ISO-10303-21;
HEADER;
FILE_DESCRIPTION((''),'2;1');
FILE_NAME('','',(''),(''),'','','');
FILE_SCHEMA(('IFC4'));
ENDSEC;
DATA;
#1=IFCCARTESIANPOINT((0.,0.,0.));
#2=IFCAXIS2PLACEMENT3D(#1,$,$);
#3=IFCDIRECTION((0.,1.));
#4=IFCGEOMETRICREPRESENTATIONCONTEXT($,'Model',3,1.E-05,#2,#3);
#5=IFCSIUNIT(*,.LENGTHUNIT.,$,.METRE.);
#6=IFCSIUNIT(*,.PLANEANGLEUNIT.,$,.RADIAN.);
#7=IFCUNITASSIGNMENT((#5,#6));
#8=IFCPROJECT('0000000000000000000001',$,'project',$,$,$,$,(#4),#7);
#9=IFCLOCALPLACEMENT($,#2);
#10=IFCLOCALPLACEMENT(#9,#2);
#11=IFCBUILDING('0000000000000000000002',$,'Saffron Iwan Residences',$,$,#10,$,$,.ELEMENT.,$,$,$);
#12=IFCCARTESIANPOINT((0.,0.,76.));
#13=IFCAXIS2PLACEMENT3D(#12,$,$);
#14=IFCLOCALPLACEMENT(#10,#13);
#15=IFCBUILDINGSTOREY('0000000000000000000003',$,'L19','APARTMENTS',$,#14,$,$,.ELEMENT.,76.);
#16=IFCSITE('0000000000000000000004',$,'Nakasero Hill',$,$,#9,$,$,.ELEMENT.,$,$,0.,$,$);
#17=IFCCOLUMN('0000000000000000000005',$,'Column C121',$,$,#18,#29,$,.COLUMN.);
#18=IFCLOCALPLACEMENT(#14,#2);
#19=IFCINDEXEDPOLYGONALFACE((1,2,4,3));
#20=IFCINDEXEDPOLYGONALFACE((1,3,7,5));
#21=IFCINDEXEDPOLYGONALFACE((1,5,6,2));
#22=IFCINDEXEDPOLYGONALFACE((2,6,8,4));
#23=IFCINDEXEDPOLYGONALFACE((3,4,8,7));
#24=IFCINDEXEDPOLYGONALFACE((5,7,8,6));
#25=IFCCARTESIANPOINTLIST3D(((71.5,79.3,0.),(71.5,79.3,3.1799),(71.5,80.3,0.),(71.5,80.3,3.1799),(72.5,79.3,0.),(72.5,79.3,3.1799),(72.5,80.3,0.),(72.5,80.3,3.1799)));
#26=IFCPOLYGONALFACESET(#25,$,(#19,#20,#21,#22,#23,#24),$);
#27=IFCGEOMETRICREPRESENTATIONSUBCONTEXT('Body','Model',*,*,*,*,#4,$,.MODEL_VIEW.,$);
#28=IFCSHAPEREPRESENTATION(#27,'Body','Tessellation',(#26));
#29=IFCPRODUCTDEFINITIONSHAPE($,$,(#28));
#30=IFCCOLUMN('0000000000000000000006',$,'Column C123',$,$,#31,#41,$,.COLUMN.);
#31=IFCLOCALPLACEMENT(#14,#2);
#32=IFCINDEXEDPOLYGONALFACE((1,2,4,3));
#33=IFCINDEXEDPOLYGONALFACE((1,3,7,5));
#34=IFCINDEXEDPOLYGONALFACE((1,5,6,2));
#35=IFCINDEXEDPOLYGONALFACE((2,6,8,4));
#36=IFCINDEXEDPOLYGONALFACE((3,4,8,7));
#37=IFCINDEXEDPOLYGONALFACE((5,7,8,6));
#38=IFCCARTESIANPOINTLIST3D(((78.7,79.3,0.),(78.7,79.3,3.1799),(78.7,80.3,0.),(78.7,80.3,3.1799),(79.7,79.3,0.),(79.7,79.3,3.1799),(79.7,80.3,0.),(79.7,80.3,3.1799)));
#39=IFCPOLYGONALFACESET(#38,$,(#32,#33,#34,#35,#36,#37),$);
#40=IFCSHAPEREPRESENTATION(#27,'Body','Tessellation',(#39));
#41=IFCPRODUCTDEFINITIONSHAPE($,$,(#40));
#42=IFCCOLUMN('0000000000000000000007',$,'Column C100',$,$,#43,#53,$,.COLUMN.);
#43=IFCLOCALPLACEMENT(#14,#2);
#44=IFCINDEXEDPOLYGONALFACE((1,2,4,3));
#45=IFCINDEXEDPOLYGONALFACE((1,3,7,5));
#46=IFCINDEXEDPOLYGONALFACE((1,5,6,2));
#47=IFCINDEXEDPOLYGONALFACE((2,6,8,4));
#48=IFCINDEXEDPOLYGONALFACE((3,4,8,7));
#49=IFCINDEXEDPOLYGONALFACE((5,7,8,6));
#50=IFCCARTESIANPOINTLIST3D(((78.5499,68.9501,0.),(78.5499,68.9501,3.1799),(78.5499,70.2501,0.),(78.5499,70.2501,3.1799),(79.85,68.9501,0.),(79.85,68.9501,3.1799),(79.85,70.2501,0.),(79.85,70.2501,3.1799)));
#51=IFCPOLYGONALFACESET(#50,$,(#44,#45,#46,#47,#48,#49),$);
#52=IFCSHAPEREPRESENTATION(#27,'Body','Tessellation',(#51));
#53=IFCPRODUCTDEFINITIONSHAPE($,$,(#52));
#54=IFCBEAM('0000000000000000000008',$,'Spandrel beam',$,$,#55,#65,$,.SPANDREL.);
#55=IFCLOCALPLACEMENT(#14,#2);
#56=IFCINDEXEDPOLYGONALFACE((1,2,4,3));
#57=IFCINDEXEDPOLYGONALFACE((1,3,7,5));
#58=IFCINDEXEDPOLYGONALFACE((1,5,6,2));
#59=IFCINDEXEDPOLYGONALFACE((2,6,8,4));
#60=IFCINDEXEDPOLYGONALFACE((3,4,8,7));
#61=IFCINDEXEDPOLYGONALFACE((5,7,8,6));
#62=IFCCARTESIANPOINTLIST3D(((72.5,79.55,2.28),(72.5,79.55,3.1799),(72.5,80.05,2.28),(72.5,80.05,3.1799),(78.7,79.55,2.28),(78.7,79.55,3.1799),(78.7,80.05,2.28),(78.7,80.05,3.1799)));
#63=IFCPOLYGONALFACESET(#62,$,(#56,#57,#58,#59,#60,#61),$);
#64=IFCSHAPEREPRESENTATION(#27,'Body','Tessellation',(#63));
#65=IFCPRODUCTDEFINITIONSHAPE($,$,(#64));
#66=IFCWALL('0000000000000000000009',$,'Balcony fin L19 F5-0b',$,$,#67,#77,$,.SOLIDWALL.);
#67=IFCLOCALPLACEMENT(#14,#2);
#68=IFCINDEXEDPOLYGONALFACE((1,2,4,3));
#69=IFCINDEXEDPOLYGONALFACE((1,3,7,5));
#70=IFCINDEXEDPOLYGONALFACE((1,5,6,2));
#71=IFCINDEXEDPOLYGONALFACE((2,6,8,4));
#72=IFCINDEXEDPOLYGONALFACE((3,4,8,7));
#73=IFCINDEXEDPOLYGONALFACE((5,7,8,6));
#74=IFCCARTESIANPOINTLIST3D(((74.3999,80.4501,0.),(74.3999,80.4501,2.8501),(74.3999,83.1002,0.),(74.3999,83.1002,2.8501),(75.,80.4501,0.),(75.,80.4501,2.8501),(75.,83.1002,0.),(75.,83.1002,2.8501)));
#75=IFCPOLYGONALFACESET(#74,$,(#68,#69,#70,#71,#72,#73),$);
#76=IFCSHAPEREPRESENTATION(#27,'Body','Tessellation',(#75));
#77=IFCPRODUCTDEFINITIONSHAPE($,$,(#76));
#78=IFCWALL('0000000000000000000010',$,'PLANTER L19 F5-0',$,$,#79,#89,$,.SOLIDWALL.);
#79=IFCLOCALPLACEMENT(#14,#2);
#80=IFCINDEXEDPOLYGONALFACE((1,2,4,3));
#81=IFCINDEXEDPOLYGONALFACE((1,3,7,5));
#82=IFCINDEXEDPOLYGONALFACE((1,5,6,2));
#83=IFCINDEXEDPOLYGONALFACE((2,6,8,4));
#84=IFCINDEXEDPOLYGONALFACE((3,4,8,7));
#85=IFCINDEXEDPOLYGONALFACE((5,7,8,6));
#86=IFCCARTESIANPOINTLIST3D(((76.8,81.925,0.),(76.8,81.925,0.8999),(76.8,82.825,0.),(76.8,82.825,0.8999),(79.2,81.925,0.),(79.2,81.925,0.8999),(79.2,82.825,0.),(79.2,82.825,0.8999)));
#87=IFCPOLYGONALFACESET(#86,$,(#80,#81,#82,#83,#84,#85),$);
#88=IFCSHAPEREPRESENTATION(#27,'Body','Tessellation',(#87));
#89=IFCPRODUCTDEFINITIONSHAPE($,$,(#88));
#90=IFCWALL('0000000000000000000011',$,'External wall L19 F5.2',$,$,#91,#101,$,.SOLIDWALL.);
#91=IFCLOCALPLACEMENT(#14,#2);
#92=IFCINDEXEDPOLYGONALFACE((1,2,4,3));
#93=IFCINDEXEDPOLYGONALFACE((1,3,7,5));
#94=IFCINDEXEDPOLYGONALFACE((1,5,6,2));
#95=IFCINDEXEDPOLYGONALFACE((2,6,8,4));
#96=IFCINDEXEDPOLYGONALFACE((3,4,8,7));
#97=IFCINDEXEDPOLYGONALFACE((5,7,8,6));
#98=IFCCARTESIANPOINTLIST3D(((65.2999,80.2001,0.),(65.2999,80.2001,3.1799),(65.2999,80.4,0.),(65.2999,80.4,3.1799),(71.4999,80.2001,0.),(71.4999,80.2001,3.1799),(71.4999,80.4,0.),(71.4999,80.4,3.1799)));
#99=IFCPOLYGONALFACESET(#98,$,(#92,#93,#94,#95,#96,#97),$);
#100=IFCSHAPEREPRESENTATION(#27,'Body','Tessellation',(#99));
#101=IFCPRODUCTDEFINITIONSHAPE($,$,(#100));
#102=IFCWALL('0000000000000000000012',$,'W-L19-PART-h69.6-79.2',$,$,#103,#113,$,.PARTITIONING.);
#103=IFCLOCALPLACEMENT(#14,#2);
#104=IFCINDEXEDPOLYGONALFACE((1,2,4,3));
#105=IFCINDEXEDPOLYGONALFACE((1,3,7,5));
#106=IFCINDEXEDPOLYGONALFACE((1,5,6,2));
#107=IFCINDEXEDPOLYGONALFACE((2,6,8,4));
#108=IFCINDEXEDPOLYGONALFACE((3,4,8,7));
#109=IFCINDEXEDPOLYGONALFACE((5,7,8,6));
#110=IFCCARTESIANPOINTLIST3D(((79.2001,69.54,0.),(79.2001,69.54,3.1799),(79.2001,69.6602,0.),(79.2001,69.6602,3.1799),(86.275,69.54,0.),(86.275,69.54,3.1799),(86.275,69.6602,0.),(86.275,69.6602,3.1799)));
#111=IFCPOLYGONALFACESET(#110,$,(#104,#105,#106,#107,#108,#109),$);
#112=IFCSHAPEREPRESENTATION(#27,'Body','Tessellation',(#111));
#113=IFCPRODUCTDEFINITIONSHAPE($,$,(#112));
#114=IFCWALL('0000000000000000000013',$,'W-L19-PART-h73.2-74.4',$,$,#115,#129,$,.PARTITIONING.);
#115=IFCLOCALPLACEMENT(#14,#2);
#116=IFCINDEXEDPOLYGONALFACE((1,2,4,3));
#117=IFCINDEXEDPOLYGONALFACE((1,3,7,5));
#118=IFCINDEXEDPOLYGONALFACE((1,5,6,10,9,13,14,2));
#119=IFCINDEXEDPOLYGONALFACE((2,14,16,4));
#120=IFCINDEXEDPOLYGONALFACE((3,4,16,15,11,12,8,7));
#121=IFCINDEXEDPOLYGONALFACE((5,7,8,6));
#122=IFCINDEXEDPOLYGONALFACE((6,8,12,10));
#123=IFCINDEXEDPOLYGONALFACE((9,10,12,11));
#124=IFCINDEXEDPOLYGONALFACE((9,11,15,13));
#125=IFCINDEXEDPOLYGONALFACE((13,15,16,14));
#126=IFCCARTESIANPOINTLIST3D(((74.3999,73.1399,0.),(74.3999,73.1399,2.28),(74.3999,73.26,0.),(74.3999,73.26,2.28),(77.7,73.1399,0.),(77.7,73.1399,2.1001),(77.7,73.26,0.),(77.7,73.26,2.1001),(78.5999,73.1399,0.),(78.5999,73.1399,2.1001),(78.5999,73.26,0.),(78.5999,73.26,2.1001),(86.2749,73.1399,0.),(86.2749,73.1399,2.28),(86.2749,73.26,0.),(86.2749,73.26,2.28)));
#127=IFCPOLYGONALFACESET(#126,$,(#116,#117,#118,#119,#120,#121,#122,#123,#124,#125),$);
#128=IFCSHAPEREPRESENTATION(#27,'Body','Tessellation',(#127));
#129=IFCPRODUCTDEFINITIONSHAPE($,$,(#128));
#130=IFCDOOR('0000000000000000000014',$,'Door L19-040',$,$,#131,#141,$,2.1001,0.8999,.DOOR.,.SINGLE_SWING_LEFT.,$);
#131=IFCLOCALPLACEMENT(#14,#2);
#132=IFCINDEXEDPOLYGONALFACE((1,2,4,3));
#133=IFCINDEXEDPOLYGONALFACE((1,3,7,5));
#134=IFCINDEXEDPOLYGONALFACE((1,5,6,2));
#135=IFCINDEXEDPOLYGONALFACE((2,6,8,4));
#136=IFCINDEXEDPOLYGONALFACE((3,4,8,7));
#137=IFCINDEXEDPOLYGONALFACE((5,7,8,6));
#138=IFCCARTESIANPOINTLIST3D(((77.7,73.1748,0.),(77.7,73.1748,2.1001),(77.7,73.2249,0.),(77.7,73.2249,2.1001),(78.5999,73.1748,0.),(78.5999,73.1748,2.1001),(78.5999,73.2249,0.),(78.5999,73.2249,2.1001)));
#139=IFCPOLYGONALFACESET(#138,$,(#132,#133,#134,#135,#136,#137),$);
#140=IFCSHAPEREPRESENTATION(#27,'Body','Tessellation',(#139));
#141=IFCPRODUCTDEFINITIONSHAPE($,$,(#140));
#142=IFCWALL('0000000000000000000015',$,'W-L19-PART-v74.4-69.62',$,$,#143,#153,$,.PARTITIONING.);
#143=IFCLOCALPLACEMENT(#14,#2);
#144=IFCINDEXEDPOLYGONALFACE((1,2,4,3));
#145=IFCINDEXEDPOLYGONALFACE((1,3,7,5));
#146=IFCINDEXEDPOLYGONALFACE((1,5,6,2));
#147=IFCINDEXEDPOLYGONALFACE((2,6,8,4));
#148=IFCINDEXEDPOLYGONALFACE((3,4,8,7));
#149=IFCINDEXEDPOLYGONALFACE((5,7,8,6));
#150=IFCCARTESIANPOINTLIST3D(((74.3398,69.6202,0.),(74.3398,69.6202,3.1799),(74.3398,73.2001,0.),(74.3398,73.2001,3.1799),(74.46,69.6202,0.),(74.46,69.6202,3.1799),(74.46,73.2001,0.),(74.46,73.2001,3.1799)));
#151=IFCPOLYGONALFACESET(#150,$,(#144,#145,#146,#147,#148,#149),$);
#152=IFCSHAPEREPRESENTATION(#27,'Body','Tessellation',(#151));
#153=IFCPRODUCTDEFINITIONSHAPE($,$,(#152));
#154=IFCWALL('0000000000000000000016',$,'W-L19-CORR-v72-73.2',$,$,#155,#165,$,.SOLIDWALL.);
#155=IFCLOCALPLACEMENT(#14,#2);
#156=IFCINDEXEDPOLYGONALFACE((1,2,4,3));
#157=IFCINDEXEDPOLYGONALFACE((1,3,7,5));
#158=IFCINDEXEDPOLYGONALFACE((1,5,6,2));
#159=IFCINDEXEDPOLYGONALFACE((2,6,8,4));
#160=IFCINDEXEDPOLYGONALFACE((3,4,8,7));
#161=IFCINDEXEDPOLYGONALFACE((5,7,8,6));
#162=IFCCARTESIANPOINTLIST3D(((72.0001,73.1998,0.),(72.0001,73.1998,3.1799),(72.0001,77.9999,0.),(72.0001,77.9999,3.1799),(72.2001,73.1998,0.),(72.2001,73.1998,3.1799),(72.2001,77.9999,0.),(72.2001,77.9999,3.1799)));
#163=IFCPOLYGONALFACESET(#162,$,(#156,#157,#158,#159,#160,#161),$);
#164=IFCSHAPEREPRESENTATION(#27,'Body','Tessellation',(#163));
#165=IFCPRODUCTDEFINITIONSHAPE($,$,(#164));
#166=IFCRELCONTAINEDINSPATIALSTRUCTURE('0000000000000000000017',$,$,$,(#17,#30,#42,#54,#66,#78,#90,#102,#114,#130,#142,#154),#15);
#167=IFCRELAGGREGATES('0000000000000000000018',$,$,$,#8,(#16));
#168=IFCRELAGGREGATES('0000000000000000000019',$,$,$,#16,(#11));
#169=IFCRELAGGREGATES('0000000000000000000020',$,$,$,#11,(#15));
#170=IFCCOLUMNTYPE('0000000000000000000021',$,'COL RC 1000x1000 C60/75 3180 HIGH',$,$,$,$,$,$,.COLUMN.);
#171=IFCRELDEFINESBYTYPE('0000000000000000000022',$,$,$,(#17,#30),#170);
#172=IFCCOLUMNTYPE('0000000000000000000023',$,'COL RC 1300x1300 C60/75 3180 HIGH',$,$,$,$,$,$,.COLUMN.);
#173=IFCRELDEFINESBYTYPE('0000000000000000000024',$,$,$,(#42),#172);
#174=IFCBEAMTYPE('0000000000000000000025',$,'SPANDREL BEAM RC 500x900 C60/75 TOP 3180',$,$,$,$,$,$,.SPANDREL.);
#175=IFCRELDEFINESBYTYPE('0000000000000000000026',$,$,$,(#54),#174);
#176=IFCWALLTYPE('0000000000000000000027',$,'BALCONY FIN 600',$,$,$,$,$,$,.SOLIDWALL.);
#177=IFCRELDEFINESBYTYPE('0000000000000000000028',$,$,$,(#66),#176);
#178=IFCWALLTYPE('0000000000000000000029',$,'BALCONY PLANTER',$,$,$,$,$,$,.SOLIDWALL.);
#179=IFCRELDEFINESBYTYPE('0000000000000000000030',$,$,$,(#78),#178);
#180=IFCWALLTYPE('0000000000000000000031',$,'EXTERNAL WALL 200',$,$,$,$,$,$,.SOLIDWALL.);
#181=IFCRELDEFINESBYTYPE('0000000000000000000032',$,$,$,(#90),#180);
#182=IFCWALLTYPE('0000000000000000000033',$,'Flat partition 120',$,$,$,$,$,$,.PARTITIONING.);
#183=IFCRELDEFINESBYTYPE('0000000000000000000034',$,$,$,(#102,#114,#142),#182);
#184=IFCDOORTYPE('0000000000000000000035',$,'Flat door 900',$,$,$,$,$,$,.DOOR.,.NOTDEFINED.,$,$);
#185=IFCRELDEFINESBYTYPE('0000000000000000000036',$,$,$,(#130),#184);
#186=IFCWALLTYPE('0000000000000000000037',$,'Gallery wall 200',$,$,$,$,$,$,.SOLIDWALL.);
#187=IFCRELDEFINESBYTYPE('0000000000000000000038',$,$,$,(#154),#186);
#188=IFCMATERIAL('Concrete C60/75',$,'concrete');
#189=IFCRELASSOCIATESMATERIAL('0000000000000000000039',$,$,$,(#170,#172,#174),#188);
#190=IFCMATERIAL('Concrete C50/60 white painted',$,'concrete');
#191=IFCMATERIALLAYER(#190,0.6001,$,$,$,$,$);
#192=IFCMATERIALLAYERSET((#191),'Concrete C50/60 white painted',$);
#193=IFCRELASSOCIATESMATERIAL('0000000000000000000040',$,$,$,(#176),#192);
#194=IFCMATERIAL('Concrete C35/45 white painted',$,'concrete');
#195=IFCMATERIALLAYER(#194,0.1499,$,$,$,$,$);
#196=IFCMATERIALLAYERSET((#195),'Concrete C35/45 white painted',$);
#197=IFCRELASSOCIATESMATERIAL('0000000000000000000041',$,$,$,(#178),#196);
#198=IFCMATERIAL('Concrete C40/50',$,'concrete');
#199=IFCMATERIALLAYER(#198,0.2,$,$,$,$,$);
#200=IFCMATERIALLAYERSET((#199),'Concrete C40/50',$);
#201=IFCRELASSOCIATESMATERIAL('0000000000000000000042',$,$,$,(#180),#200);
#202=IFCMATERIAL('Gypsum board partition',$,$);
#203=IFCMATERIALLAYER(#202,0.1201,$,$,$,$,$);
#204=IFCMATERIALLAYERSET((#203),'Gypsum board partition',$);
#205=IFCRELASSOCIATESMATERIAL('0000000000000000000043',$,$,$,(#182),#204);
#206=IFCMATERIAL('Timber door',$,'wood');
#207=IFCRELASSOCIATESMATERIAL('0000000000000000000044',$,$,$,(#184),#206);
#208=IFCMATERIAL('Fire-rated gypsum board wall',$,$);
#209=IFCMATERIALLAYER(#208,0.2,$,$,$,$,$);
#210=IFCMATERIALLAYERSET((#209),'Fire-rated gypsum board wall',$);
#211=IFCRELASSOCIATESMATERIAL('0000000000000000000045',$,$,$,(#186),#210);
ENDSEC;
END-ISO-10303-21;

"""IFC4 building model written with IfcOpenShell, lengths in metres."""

from ifc_helpers import new_model, si_unit, direction, frame, frame_2d, origin, origin_2d, place, context, subcontext, project, spatial, rectangle, extrude, source, transform, mapped, material, layer, layer_set, material_profile, profile_set, type_object, element, fill, save


model = new_model("IFC4")

# Units and contexts
model_context = context("Model", 3, precision=1e-05, world=origin(), true_north=direction((0.0, 1.0)))
body_context = subcontext(model_context, "Body", "Model", "MODEL_VIEW")
ifc_project = project(units=[si_unit("LENGTHUNIT", "METRE"), si_unit("PLANEANGLEUNIT", "RADIAN")], contexts=[model_context])

# Site, building, storey
site_placement = place(None, origin())
site = spatial("IfcSite", under=ifc_project, at=site_placement, Name="Nakasero Hill", CompositionType="ELEMENT", RefElevation=0.0)
building_placement = place(site_placement, origin())
building = spatial("IfcBuilding", under=site, at=building_placement, Name="Saffron Iwan Residences", CompositionType="ELEMENT")
storey_placement = place(building_placement, frame((0.0, 0.0, 76.0)))
storey = spatial("IfcBuildingStorey", under=building, at=storey_placement, Name="L19", Description="APARTMENTS", CompositionType="ELEMENT", Elevation=76.0)

# Columns
ifc_material_1 = material(Name="Concrete C60/75", Category="concrete")
ifc_material_profile_1 = material_profile(ifc_material_1, rectangle(XDim=1.0, YDim=1.0, at=origin_2d()), Name="RC 1000x1000")
ifc_profile_set_1 = profile_set([ifc_material_profile_1], Name="Concrete C60/75")
column_type_1 = type_object("IfcColumnType", Name="COL RC 1000x1000 C60/75 3180 HIGH", PredefinedType="COLUMN", material=ifc_profile_set_1)
shared_shape_1 = source(origin(), body_context, "Body", "SweptSolid", [
    extrude(rectangle(XDim=1.0, YDim=1.0, at=origin_2d()), origin(), (0.0, 0.0, 1.0), 3.1799),
])
for number, where, z_axis, x_axis, name in (
    (1, (72.0, 79.8, 0.0), (0.0, 0.0, 1.0), (1.0, 0.0, 0.0), "Column C121"),
    (2, (79.2, 79.8, 0.0), (0.0, 0.0, 1.0), (1.0, 0.0, 0.0), "Column C123"),
):
    element("IfcColumn", number, at=place(storey_placement, frame(where, z_axis=z_axis, x_axis=x_axis)), inside=storey, type_object=column_type_1, Name=name, PredefinedType="COLUMN", context=body_context, shape_type="MappedRepresentation", body=[
        mapped(shared_shape_1, transform((0.0, 0.0, 0.0))),
    ])
ifc_material_profile_2 = material_profile(ifc_material_1, rectangle(XDim=1.3, YDim=1.3, at=origin_2d()), Name="RC 1300x1300")
ifc_profile_set_2 = profile_set([ifc_material_profile_2], Name="Concrete C60/75")
column_type_2 = type_object("IfcColumnType", Name="COL RC 1300x1300 C60/75 3180 HIGH", PredefinedType="COLUMN", material=ifc_profile_set_2)
shared_shape_2 = source(origin(), body_context, "Body", "SweptSolid", [
    extrude(rectangle(XDim=1.3, YDim=1.3, at=origin_2d()), origin(), (0.0, 0.0, 1.0), 3.1799),
])
column_placement = place(storey_placement, frame((79.2, 69.6001, 0.0), z_axis=(0.0, 0.0, 1.0), x_axis=(1.0, 0.0, 0.0)))
element("IfcColumn", 3, at=column_placement, inside=storey, type_object=column_type_2, Name="Column C100", PredefinedType="COLUMN", context=body_context, shape_type="MappedRepresentation", body=[
    mapped(shared_shape_2, transform((0.0, 0.0, 0.0))),
])

# Beam
ifc_material_profile_3 = material_profile(ifc_material_1, rectangle(XDim=0.5, YDim=0.8999, at=origin_2d()), Name="RC 500x900")
ifc_profile_set_3 = profile_set([ifc_material_profile_3], Name="Concrete C60/75")
beam_type = type_object("IfcBeamType", Name="SPANDREL BEAM RC 500x900 C60/75 TOP 3180", PredefinedType="SPANDREL", material=ifc_profile_set_3)
shared_shape_3 = source(origin(), body_context, "Body", "SweptSolid", [
    extrude(rectangle(XDim=0.5, YDim=0.8999, at=origin_2d()), origin(), (0.0, 0.0, 1.0), 6.2),
])
beam_placement = place(storey_placement, frame((72.5, 79.8, 2.73), z_axis=(1.0, 0.0, 0.0), x_axis=(0.0, 1.0, 0.0)))
element("IfcBeam", 4, at=beam_placement, inside=storey, type_object=beam_type, Name="Spandrel beam", PredefinedType="SPANDREL", context=body_context, shape_type="MappedRepresentation", body=[
    mapped(shared_shape_3, transform((0.0, 0.0, 0.0))),
])

# Walls
ifc_material_2 = material(Name="Concrete C50/60 white painted", Category="concrete")
ifc_layer_1 = layer(ifc_material_2, 0.6001)
ifc_layer_set_1 = layer_set([ifc_layer_1], Name="Concrete C50/60 white painted")
wall_type_1 = type_object("IfcWallType", Name="BALCONY FIN 600", PredefinedType="SOLIDWALL", material=ifc_layer_set_1)
wall_1_placement = place(storey_placement, frame((74.7, 80.45, 0.0), z_axis=(0.0, 0.0, 1.0), x_axis=(0.0, 1.0, 0.0)))
element("IfcWall", 5, at=wall_1_placement, inside=storey, type_object=wall_type_1, Name="Balcony fin L19 F5-0b", PredefinedType="SOLIDWALL", context=body_context, shape_type="SweptSolid", body=[
    extrude(rectangle(XDim=2.6501, YDim=0.6001, at=frame_2d((1.3252, 0.0))), origin(), (0.0, 0.0, 1.0), 2.8501),
])
ifc_material_3 = material(Name="Concrete C35/45 white painted", Category="concrete")
ifc_layer_2 = layer(ifc_material_3, 0.1499)
ifc_layer_set_2 = layer_set([ifc_layer_2], Name="Concrete C35/45 white painted")
wall_type_2 = type_object("IfcWallType", Name="BALCONY PLANTER", PredefinedType="SOLIDWALL", material=ifc_layer_set_2)
wall_2_placement = place(storey_placement, frame((79.2, 82.375, 0.0), z_axis=(0.0, 0.0, 1.0), x_axis=(-1.0, 0.0, 0.0)))
element("IfcWall", 6, at=wall_2_placement, inside=storey, type_object=wall_type_2, Name="PLANTER L19 F5-0", PredefinedType="SOLIDWALL", context=body_context, shape_type="SweptSolid", body=[
    extrude(rectangle(XDim=2.3999, YDim=0.8999, at=frame_2d((1.2, 0.0))), origin(), (0.0, 0.0, 1.0), 0.8999),
])

# Shared definitions
ifc_material_4 = material(Name="Concrete C40/50", Category="concrete")
ifc_layer_3 = layer(ifc_material_4, 0.2)
ifc_layer_set_3 = layer_set([ifc_layer_3], Name="Concrete C40/50")
wall_type_3 = type_object("IfcWallType", Name="EXTERNAL WALL 200", PredefinedType="SOLIDWALL", material=ifc_layer_set_3)

# Walls
wall_3_placement = place(storey_placement, frame((71.5, 80.3, 0.0), z_axis=(0.0, 0.0, 1.0), x_axis=(-1.0, 0.0, 0.0)))
element("IfcWall", 7, at=wall_3_placement, inside=storey, type_object=wall_type_3, Name="External wall L19 F5.2", PredefinedType="SOLIDWALL", context=body_context, shape_type="SweptSolid", body=[
    extrude(rectangle(XDim=6.2, YDim=0.2, at=frame_2d((3.1001, 0.0))), origin(), (0.0, 0.0, 1.0), 3.1799),
])
ifc_material_5 = material(Name="Gypsum board partition")
ifc_layer_4 = layer(ifc_material_5, 0.1201)
ifc_layer_set_4 = layer_set([ifc_layer_4], Name="Gypsum board partition")
wall_type_4 = type_object("IfcWallType", Name="Flat partition 120", PredefinedType="PARTITIONING", material=ifc_layer_set_4)
wall_4_placement = place(storey_placement, frame((79.2, 69.6001, 0.0), z_axis=(0.0, 0.0, 1.0), x_axis=(1.0, 0.0, 0.0)))
element("IfcWall", 8, at=wall_4_placement, inside=storey, type_object=wall_type_4, Name="W-L19-PART-h69.6-79.2", PredefinedType="PARTITIONING", context=body_context, shape_type="SweptSolid", body=[
    extrude(rectangle(XDim=7.075, YDim=0.1201, at=frame_2d((3.5376, 0.0))), origin(), (0.0, 0.0, 1.0), 3.1799),
])

# Wall, opening, door
wall_5_placement = place(storey_placement, frame((74.3999, 73.2, 0.0), z_axis=(0.0, 0.0, 1.0), x_axis=(1.0, 0.0, 0.0)))
wall_5 = element("IfcWall", 9, at=wall_5_placement, inside=storey, type_object=wall_type_4, Name="W-L19-PART-h73.2-74.4", PredefinedType="PARTITIONING", context=body_context, shape_type="SweptSolid", body=[
    extrude(rectangle(XDim=11.875, YDim=0.1201, at=frame_2d((5.9375, 0.0))), origin(), (0.0, 0.0, 1.0), 2.28),
])
opening_1_placement = place(wall_5_placement, frame((3.3, 0.0, 0.0)))
opening_1 = element("IfcOpeningElement", 10, at=opening_1_placement, cuts=wall_5, PredefinedType="OPENING", context=body_context, shape_type="SweptSolid", body=[
    extrude(rectangle(XDim=0.8999, YDim=2.1001, at=frame_2d((0.45, 1.05))), frame((0.0, 0.0701, 0.0), z_axis=(0.0, -1.0, 0.0), x_axis=(1.0, 0.0, 0.0)), (0.0, 0.0, 1.0), 0.1401),
])
ifc_material_6 = material(Name="Timber door", Category="wood")
door_type_1 = type_object("IfcDoorType", Name="Flat door 900", OperationType="NOTDEFINED", PredefinedType="DOOR", material=ifc_material_6)
door_1_placement = place(opening_1_placement, origin())
door_1 = element("IfcDoor", 11, at=door_1_placement, inside=storey, type_object=door_type_1, Name="Door L19-040", OperationType="SINGLE_SWING_LEFT", OverallHeight=2.1001, OverallWidth=0.8999, PredefinedType="DOOR", context=body_context, shape_type="SweptSolid", body=[
    extrude(rectangle(XDim=0.8999, YDim=2.1001, at=frame_2d((0.45, 1.05))), frame((0.0, 0.0249, 0.0), z_axis=(0.0, -1.0, 0.0), x_axis=(1.0, 0.0, 0.0)), (0.0, 0.0, 1.0), 0.05),
])
fill(opening_1, door_1)

# Walls
wall_6_placement = place(storey_placement, frame((74.3999, 69.6201, 0.0), z_axis=(0.0, 0.0, 1.0), x_axis=(0.0, 1.0, 0.0)))
element("IfcWall", 12, at=wall_6_placement, inside=storey, type_object=wall_type_4, Name="W-L19-PART-v74.4-69.62", PredefinedType="PARTITIONING", context=body_context, shape_type="SweptSolid", body=[
    extrude(rectangle(XDim=3.5798, YDim=0.1201, at=frame_2d((1.79, 0.0))), origin(), (0.0, 0.0, 1.0), 3.1799),
])
ifc_material_7 = material(Name="Fire-rated gypsum board wall")
ifc_layer_5 = layer(ifc_material_7, 0.2)
ifc_layer_set_5 = layer_set([ifc_layer_5], Name="Fire-rated gypsum board wall")
wall_type_5 = type_object("IfcWallType", Name="Gallery wall 200", PredefinedType="SOLIDWALL", material=ifc_layer_set_5)
wall_7_placement = place(storey_placement, frame((72.1001, 73.2, 0.0), z_axis=(0.0, 0.0, 1.0), x_axis=(0.0, 1.0, 0.0)))
element("IfcWall", 13, at=wall_7_placement, inside=storey, type_object=wall_type_5, Name="W-L19-CORR-v72-73.2", PredefinedType="SOLIDWALL", context=body_context, shape_type="SweptSolid", body=[
    extrude(rectangle(XDim=4.8, YDim=0.2, at=frame_2d((2.3999, 0.0))), origin(), (0.0, 0.0, 1.0), 3.1799),
])

save(model, "model.ifc")
